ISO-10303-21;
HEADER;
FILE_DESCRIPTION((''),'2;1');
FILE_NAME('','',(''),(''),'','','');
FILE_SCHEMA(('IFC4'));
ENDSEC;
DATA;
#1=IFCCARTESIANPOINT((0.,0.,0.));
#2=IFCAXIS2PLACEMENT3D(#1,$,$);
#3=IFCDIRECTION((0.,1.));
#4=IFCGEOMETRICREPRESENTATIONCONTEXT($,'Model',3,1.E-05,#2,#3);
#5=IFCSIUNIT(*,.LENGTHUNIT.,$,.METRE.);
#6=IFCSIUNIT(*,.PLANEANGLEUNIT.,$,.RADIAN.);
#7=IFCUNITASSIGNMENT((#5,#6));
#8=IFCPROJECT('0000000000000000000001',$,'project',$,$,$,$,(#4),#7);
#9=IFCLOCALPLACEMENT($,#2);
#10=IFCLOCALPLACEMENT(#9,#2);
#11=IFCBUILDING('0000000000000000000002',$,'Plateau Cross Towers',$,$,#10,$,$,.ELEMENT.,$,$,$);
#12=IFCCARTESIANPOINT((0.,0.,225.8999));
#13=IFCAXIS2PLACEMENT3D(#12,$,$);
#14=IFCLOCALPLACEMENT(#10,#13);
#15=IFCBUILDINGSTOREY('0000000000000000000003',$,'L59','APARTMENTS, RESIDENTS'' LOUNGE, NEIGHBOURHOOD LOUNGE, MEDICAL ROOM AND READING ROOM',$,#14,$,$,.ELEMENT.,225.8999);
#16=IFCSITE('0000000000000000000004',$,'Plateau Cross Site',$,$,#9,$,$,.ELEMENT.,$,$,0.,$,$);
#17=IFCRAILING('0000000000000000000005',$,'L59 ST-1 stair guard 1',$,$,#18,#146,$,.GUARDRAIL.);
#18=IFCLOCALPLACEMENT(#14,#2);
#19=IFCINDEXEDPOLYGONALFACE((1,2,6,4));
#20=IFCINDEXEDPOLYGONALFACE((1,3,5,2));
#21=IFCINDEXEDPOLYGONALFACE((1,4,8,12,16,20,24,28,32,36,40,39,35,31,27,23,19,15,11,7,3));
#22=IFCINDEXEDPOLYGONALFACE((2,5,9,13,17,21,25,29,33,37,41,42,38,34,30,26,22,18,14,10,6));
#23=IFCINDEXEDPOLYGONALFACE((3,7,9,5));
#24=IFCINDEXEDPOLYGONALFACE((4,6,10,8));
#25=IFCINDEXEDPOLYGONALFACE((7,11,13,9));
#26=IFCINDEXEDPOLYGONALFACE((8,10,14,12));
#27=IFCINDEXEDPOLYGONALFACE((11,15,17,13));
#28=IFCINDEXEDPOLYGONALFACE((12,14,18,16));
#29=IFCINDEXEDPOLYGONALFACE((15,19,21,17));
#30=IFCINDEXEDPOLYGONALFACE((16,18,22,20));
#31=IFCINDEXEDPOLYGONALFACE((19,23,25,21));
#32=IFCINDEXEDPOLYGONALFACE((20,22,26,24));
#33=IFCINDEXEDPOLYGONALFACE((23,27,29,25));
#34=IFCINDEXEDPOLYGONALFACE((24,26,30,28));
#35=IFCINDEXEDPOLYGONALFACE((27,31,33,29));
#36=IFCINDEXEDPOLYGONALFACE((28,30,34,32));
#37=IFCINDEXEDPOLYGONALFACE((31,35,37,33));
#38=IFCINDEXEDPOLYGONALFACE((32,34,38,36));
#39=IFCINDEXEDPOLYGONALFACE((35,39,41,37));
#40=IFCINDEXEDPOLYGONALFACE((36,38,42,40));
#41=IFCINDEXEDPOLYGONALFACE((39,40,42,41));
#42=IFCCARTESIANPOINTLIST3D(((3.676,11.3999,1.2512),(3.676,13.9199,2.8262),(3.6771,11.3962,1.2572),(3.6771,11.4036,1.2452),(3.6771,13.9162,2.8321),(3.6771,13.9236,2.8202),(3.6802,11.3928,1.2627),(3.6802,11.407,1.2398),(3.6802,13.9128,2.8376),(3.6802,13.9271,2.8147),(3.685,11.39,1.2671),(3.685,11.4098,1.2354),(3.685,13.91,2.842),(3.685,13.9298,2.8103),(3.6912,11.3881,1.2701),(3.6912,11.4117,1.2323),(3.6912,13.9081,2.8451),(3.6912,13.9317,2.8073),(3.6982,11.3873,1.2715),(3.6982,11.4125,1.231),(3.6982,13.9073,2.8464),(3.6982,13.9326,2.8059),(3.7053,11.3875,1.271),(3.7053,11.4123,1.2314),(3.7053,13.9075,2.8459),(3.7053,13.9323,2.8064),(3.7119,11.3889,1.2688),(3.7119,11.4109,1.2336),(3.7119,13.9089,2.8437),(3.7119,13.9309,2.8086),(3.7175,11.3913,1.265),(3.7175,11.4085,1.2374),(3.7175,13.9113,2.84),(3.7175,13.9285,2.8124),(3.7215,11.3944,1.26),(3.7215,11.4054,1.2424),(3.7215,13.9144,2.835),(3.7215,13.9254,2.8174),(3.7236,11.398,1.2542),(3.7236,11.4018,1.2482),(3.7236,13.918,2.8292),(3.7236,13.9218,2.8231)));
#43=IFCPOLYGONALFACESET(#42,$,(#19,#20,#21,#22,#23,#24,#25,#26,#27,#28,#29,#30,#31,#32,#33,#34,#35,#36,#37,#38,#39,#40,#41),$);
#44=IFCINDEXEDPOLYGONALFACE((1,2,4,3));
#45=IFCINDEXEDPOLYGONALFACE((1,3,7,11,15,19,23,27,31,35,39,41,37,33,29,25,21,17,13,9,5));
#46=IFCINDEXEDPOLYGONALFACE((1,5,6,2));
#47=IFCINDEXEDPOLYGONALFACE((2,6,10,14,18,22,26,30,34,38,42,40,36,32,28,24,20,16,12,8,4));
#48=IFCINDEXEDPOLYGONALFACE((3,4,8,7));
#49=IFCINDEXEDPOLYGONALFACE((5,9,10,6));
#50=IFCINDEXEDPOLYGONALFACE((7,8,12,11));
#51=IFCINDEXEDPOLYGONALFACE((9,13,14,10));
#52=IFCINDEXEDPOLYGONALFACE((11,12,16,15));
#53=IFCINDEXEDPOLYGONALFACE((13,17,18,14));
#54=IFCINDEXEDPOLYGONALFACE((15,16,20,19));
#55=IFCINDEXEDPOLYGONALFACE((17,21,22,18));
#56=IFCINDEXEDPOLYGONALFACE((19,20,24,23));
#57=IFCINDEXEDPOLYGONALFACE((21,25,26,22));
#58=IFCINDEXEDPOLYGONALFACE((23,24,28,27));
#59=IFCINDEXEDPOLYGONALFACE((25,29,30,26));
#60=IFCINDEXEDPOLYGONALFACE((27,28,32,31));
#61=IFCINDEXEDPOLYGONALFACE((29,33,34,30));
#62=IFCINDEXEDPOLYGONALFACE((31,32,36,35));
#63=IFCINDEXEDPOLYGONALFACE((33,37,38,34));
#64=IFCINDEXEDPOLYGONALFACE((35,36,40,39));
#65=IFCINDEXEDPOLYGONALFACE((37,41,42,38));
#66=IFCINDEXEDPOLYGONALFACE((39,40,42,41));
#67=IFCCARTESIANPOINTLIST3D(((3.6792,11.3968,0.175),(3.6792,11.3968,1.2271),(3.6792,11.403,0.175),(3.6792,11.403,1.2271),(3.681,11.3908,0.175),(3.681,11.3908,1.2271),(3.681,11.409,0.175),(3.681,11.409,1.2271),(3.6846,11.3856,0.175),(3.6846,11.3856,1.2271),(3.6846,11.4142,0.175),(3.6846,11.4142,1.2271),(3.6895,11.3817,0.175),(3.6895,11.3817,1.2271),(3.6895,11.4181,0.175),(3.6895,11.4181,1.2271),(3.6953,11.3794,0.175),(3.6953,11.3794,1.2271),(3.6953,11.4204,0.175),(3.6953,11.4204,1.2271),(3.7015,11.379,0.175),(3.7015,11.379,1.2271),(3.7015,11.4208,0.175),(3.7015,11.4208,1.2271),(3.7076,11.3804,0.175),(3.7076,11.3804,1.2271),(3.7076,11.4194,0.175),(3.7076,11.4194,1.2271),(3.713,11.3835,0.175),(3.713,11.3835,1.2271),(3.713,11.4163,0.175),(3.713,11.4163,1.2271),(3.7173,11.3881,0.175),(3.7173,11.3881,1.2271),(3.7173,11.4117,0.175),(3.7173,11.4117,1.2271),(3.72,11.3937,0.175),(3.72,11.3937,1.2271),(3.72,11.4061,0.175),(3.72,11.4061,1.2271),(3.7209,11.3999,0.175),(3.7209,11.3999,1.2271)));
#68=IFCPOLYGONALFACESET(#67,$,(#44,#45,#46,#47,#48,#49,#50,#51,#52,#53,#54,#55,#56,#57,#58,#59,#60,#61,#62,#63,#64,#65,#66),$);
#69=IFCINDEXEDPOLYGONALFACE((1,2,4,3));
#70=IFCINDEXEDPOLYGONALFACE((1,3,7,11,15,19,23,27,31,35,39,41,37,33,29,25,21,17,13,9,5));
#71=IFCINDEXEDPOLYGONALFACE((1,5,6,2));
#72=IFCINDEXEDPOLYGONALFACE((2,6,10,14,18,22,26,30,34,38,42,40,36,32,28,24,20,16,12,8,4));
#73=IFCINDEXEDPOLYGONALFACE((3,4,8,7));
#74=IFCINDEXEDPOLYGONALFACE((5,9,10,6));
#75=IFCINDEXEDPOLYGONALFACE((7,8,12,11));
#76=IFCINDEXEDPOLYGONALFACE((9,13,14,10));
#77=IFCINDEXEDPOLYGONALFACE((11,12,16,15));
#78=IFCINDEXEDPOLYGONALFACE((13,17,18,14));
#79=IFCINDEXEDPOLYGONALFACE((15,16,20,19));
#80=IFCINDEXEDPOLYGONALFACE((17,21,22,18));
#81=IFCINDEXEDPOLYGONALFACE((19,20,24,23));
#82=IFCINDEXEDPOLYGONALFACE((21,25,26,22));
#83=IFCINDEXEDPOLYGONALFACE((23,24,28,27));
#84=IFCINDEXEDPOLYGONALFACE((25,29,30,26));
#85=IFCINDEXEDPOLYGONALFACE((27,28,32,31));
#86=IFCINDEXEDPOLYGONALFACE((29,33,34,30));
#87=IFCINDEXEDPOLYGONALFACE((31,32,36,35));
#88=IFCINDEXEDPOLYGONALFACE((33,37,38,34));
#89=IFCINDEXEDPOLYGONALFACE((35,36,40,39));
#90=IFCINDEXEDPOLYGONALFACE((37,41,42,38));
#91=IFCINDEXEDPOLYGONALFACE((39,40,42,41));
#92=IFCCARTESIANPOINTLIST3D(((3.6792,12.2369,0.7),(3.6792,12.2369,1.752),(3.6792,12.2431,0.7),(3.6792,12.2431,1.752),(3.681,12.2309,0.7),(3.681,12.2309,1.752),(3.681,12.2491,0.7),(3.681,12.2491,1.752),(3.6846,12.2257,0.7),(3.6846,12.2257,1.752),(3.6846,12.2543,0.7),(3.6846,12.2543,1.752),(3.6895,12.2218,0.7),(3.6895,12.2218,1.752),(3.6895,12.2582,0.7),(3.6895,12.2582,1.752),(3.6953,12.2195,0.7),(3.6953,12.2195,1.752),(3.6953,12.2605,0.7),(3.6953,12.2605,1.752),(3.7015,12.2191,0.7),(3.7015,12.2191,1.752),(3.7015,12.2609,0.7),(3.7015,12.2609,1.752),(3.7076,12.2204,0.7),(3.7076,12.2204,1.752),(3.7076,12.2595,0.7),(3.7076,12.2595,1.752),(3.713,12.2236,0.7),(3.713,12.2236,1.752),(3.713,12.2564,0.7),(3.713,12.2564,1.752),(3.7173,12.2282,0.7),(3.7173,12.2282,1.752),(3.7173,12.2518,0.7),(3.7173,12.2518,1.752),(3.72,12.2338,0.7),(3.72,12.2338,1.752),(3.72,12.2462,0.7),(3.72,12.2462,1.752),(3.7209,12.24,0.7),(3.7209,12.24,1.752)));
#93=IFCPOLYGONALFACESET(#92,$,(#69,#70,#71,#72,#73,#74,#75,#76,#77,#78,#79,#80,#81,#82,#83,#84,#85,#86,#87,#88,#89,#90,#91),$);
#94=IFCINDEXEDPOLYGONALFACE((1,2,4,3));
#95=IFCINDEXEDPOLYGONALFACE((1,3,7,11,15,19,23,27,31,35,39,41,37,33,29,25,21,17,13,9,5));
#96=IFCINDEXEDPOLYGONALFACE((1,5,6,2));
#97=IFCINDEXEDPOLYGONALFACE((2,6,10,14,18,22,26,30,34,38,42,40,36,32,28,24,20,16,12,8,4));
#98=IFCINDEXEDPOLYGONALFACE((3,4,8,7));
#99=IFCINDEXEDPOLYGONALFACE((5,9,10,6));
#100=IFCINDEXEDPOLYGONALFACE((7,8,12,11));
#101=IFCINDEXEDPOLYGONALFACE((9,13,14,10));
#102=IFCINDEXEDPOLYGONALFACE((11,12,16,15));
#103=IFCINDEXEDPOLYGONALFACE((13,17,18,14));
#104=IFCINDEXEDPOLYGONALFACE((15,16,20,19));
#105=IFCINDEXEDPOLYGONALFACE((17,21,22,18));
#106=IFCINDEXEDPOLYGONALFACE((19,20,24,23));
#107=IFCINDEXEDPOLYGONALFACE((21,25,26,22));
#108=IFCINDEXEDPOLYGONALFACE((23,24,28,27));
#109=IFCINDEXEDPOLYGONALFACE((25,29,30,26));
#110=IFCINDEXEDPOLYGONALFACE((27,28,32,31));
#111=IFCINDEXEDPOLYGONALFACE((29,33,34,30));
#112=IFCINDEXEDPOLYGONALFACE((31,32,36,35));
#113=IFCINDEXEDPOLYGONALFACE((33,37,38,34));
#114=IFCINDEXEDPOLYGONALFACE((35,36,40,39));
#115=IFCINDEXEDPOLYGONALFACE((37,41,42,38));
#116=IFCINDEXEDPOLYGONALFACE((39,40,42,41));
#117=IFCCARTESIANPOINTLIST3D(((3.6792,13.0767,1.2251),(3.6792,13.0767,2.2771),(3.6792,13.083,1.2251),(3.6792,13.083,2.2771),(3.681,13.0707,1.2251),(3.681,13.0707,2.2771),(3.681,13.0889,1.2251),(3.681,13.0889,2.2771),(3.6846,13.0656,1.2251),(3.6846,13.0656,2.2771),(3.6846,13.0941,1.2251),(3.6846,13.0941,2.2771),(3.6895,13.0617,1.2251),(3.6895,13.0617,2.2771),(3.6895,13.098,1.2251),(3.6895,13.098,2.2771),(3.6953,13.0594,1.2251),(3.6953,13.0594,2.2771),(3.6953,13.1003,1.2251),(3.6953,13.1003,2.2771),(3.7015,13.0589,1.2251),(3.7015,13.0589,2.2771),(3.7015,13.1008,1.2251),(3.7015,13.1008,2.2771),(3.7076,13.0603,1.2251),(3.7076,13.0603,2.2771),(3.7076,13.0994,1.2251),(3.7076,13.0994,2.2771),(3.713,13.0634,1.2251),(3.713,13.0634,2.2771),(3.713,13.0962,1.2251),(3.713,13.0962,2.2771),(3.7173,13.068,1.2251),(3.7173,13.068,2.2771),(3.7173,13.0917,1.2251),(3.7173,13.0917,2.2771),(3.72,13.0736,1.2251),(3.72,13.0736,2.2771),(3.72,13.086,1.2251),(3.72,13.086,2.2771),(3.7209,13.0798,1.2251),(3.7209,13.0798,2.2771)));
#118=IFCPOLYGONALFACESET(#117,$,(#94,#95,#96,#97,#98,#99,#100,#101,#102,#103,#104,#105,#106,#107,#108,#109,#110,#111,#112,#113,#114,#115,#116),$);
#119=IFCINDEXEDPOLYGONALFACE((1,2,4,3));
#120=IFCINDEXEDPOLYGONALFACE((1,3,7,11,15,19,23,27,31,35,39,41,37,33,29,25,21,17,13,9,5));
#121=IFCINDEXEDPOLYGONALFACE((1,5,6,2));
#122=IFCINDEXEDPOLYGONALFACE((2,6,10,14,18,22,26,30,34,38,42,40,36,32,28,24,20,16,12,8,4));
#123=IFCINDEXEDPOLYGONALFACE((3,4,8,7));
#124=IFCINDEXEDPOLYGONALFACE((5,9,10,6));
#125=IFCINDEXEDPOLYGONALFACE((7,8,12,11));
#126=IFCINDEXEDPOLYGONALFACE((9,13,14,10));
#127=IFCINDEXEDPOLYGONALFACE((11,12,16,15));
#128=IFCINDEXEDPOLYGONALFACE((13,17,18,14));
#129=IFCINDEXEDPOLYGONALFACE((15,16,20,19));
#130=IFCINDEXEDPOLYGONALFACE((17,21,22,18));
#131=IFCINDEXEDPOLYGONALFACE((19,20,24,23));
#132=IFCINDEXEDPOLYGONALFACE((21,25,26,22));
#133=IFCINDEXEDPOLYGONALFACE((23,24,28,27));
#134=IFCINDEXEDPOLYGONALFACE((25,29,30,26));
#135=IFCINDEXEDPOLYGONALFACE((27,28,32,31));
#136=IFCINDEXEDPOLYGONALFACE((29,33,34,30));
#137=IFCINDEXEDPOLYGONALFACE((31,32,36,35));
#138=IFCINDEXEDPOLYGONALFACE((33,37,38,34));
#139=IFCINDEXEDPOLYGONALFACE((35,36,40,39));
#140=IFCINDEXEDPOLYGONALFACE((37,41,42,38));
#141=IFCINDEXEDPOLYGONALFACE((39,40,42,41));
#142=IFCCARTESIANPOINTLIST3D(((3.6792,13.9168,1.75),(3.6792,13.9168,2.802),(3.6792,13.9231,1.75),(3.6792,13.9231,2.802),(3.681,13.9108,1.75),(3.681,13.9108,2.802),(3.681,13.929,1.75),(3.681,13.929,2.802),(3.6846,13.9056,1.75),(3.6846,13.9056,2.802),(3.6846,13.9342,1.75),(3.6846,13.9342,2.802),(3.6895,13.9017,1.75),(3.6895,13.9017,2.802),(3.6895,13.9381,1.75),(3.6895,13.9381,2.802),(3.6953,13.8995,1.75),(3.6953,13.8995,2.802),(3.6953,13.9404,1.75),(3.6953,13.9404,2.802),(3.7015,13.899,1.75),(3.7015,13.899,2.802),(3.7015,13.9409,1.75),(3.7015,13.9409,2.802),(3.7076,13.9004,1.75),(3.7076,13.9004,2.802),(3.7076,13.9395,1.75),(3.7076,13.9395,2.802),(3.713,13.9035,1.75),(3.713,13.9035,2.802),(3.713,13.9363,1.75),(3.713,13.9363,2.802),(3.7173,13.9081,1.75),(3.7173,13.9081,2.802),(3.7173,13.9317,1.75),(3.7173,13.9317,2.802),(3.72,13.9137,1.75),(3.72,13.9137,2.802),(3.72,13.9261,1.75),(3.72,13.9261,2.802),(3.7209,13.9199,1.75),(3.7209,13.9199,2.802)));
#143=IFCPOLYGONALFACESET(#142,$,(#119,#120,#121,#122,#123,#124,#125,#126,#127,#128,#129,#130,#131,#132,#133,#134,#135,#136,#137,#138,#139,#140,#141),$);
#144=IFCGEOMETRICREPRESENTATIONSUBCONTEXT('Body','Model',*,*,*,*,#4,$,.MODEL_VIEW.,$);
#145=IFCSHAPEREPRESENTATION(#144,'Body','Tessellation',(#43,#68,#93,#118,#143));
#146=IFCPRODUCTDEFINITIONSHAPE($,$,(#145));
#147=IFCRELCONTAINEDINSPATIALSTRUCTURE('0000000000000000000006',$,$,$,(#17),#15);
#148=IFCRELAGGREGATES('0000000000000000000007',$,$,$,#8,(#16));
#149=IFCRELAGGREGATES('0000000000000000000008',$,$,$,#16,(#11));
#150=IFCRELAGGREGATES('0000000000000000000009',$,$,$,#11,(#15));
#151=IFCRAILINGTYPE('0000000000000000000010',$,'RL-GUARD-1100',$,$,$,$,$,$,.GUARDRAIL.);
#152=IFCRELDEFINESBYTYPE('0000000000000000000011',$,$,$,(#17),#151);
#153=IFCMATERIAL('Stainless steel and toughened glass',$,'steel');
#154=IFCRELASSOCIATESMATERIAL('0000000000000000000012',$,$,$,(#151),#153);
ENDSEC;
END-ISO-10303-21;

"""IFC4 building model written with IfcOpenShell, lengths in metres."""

from ifc_helpers import new_model, si_unit, direction, frame, origin, origin_2d, place, context, subcontext, project, spatial, circle, extrude, material, type_object, element, save


model = new_model("IFC4")

# Units and contexts
model_context = context("Model", 3, precision=1e-05, world=origin(), true_north=direction((0.0, 1.0)))
body_context = subcontext(model_context, "Body", "Model", "MODEL_VIEW")
ifc_project = project(units=[si_unit("LENGTHUNIT", "METRE"), si_unit("PLANEANGLEUNIT", "RADIAN")], contexts=[model_context])

# Site, building, storey
site_placement = place(None, origin())
site = spatial("IfcSite", under=ifc_project, at=site_placement, Name="Plateau Cross Site", CompositionType="ELEMENT", RefElevation=0.0)
building_placement = place(site_placement, origin())
building = spatial("IfcBuilding", under=site, at=building_placement, Name="Plateau Cross Towers", CompositionType="ELEMENT")
storey_placement = place(building_placement, frame((0.0, 0.0, 225.8999)))
storey = spatial("IfcBuildingStorey", under=building, at=storey_placement, Name="L59", Description="APARTMENTS, RESIDENTS' LOUNGE, NEIGHBOURHOOD LOUNGE, MEDICAL ROOM AND READING ROOM", CompositionType="ELEMENT", Elevation=225.8999)

# Railing
ifc_material_1 = material(Name="Stainless steel and toughened glass", Category="steel")
railing_type_1 = type_object("IfcRailingType", Name="RL-GUARD-1100", PredefinedType="GUARDRAIL", material=ifc_material_1)
railing_1_placement = place(storey_placement, frame((3.7, 11.3999, 0.175)))
element("IfcRailing", 1, at=railing_1_placement, inside=storey, type_object=railing_type_1, Name="L59 ST-1 stair guard 1", PredefinedType="GUARDRAIL", context=body_context, shape_type="SweptSolid", body=[
    extrude(circle(Radius=0.0239, at=origin_2d()), frame((0.0, 0.0, 1.0762), z_axis=(0.0, 0.848008, 0.529984), x_axis=(-1.0, 0.0, 0.0)), (0.0, 0.0, 1.0), 2.9717),
    extrude(circle(Radius=0.021, at=origin_2d()), origin(), (0.0, 0.0, 1.0), 1.052),
    extrude(circle(Radius=0.021, at=origin_2d()), frame((0.0, 0.8401, 0.5249)), (0.0, 0.0, 1.0), 1.052),
    extrude(circle(Radius=0.021, at=origin_2d()), frame((0.0, 1.6799, 1.05)), (0.0, 0.0, 1.0), 1.052),
    extrude(circle(Radius=0.021, at=origin_2d()), frame((0.0, 2.52, 1.575)), (0.0, 0.0, 1.0), 1.052),
])

save(model, "model.ifc")
